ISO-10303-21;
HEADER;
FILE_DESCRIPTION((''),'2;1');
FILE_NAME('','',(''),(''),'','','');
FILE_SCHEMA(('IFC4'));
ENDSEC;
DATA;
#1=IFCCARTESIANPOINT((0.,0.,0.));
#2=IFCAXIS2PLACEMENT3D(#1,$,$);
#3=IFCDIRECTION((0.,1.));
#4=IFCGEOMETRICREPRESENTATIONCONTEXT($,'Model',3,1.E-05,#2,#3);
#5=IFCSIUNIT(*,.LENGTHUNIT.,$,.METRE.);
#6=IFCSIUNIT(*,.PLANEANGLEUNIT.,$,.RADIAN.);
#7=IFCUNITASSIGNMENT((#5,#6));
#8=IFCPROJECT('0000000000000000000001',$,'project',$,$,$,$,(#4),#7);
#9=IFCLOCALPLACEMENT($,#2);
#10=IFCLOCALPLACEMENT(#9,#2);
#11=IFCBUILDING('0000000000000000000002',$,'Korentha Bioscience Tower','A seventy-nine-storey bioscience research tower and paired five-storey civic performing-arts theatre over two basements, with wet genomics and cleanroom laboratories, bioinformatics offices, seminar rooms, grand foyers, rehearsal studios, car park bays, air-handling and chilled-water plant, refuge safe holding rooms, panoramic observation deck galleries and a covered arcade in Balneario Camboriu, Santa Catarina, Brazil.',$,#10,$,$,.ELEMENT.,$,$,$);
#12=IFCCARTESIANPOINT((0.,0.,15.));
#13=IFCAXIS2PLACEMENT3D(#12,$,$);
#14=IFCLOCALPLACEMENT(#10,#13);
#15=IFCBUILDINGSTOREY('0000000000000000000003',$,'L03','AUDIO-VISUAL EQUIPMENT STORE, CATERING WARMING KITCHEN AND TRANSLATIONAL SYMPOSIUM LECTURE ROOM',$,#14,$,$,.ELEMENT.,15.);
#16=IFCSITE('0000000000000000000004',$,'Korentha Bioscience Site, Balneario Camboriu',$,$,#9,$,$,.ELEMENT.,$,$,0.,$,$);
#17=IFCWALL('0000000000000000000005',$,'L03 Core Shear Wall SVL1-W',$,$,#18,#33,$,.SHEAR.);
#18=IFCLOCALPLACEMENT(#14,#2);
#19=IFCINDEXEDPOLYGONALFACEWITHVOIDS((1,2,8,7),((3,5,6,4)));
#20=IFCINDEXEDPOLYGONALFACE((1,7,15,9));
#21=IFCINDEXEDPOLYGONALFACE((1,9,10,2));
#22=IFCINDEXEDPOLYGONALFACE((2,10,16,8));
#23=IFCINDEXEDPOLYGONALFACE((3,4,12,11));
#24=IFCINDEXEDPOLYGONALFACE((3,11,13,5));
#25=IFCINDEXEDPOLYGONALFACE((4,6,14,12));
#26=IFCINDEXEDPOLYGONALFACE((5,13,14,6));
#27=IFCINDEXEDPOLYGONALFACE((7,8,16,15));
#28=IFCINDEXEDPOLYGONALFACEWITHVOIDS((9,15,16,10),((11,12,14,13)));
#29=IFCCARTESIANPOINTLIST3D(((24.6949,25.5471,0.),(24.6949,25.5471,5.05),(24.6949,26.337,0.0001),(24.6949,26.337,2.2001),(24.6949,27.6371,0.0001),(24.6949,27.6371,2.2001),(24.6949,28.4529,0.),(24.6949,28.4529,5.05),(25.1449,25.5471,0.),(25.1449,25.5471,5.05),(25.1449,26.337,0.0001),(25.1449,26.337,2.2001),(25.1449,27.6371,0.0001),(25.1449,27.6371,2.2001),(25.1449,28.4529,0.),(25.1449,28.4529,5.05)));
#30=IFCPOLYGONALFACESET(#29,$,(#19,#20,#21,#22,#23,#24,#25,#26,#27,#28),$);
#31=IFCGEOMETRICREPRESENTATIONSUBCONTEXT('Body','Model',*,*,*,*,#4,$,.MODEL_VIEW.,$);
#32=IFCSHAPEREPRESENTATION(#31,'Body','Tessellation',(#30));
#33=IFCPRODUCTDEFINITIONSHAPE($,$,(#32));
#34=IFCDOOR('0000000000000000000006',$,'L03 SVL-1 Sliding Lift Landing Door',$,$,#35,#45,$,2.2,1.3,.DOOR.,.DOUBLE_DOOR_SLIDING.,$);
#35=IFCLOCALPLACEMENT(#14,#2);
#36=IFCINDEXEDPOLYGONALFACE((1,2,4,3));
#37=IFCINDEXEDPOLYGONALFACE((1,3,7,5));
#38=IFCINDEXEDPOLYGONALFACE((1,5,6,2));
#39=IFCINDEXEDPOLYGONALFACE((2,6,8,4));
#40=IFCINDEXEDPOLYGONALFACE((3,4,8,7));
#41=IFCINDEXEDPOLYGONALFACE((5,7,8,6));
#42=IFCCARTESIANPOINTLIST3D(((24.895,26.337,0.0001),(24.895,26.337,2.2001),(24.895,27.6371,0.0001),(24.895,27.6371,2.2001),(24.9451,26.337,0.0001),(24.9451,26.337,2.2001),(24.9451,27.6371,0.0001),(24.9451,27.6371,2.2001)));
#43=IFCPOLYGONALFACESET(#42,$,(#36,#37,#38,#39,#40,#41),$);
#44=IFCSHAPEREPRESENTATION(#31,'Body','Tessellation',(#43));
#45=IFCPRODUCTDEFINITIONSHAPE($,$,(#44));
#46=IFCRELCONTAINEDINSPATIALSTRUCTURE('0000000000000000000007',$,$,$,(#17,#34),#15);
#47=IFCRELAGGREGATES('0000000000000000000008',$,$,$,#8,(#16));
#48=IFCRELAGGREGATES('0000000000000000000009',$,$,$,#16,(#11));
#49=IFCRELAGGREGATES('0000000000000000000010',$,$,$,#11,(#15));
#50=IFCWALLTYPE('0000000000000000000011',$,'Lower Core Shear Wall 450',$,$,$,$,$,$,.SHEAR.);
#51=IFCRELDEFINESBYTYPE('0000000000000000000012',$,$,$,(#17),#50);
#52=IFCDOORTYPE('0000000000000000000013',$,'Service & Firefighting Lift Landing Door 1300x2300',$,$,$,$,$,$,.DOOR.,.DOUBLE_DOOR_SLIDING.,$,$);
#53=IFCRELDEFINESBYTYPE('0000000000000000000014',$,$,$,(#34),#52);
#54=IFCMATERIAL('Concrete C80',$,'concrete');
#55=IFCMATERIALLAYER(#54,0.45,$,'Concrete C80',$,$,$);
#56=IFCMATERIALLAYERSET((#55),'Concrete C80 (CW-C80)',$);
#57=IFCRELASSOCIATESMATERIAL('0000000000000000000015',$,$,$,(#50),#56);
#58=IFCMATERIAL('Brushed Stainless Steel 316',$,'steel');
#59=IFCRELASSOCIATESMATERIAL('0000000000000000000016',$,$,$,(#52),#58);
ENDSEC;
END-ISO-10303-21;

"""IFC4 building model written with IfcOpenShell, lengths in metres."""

from ifc_helpers import new_model, si_unit, direction, frame, frame_2d, origin, place, context, subcontext, project, spatial, rectangle, extrude, material, layer, layer_set, type_object, element, fill, save


model = new_model("IFC4")

# Units and contexts
model_context = context("Model", 3, precision=1e-05, world=origin(), true_north=direction((0.0, 1.0)))
body_context = subcontext(model_context, "Body", "Model", "MODEL_VIEW")
ifc_project = project(units=[si_unit("LENGTHUNIT", "METRE"), si_unit("PLANEANGLEUNIT", "RADIAN")], contexts=[model_context])

# Site, building, storey
site_placement = place(None, origin())
site = spatial("IfcSite", under=ifc_project, at=site_placement, Name="Korentha Bioscience Site, Balneario Camboriu", CompositionType="ELEMENT", RefElevation=0.0)
building_placement = place(site_placement, origin())
building = spatial("IfcBuilding", under=site, at=building_placement, Name="Korentha Bioscience Tower", Description="A seventy-nine-storey bioscience research tower and paired five-storey civic performing-arts theatre over two basements, with wet genomics and cleanroom laboratories, bioinformatics offices, seminar rooms, grand foyers, rehearsal studios, car park bays, air-handling and chilled-water plant, refuge safe holding rooms, panoramic observation deck galleries and a covered arcade in Balneario Camboriu, Santa Catarina, Brazil.", CompositionType="ELEMENT")
storey_placement = place(building_placement, frame((0.0, 0.0, 15.0)))
storey = spatial("IfcBuildingStorey", under=building, at=storey_placement, Name="L03", Description="AUDIO-VISUAL EQUIPMENT STORE, CATERING WARMING KITCHEN AND TRANSLATIONAL SYMPOSIUM LECTURE ROOM", CompositionType="ELEMENT", Elevation=15.0)

# Shared definitions
ifc_material_1 = material(Name="Concrete C80", Category="concrete")

# Shared definitions
ifc_layer_1 = layer(ifc_material_1, 0.45, Name="Concrete C80")
ifc_layer_set_1 = layer_set([ifc_layer_1], Name="Concrete C80 (CW-C80)")
wall_type_1 = type_object("IfcWallType", Name="Lower Core Shear Wall 450", PredefinedType="SHEAR", material=ifc_layer_set_1)

# Wall, opening, door
wall_1_placement = place(storey_placement, frame((24.9199, 25.5471, 0.0), z_axis=(0.0, 0.0, 1.0), x_axis=(0.0, 1.0, 0.0)))
wall_1 = element("IfcWall", 1, at=wall_1_placement, inside=storey, type_object=wall_type_1, Name="L03 Core Shear Wall SVL1-W", PredefinedType="SHEAR", context=body_context, shape_type="SweptSolid", body=[
    extrude(rectangle(XDim=2.9058, YDim=0.45, at=frame_2d((1.4529, 0.0))), origin(), (0.0, 0.0, 1.0), 5.05),
])
opening_1_placement = place(wall_1_placement, frame((0.79, 0.0, 0.0)))
opening_1 = element("IfcOpeningElement", 2, at=opening_1_placement, cuts=wall_1, PredefinedType="OPENING", context=body_context, shape_type="SweptSolid", body=[
    extrude(rectangle(XDim=1.3, YDim=2.2, at=frame_2d((0.6499, 1.1001))), frame((0.0, 0.2397, 0.0), z_axis=(0.0, -1.0, 0.0), x_axis=(1.0, 0.0, 0.0)), (0.0, 0.0, 1.0), 0.4797),
])
ifc_material_2 = material(Name="Brushed Stainless Steel 316", Category="steel")
door_type_1 = type_object("IfcDoorType", Name="Service & Firefighting Lift Landing Door 1300x2300", OperationType="DOUBLE_DOOR_SLIDING", PredefinedType="DOOR", material=ifc_material_2)
door_1_placement = place(opening_1_placement, origin())
door_1 = element("IfcDoor", 3, at=door_1_placement, inside=storey, type_object=door_type_1, Name="L03 SVL-1 Sliding Lift Landing Door", OperationType="DOUBLE_DOOR_SLIDING", OverallHeight=2.2, OverallWidth=1.3, PredefinedType="DOOR", context=body_context, shape_type="SweptSolid", body=[
    extrude(rectangle(XDim=1.3, YDim=2.2, at=frame_2d((0.6499, 1.1001))), frame((0.0, 0.0249, 0.0), z_axis=(0.0, -1.0, 0.0), x_axis=(1.0, 0.0, 0.0)), (0.0, 0.0, 1.0), 0.05),
])
fill(opening_1, door_1)

save(model, "model.ifc")
